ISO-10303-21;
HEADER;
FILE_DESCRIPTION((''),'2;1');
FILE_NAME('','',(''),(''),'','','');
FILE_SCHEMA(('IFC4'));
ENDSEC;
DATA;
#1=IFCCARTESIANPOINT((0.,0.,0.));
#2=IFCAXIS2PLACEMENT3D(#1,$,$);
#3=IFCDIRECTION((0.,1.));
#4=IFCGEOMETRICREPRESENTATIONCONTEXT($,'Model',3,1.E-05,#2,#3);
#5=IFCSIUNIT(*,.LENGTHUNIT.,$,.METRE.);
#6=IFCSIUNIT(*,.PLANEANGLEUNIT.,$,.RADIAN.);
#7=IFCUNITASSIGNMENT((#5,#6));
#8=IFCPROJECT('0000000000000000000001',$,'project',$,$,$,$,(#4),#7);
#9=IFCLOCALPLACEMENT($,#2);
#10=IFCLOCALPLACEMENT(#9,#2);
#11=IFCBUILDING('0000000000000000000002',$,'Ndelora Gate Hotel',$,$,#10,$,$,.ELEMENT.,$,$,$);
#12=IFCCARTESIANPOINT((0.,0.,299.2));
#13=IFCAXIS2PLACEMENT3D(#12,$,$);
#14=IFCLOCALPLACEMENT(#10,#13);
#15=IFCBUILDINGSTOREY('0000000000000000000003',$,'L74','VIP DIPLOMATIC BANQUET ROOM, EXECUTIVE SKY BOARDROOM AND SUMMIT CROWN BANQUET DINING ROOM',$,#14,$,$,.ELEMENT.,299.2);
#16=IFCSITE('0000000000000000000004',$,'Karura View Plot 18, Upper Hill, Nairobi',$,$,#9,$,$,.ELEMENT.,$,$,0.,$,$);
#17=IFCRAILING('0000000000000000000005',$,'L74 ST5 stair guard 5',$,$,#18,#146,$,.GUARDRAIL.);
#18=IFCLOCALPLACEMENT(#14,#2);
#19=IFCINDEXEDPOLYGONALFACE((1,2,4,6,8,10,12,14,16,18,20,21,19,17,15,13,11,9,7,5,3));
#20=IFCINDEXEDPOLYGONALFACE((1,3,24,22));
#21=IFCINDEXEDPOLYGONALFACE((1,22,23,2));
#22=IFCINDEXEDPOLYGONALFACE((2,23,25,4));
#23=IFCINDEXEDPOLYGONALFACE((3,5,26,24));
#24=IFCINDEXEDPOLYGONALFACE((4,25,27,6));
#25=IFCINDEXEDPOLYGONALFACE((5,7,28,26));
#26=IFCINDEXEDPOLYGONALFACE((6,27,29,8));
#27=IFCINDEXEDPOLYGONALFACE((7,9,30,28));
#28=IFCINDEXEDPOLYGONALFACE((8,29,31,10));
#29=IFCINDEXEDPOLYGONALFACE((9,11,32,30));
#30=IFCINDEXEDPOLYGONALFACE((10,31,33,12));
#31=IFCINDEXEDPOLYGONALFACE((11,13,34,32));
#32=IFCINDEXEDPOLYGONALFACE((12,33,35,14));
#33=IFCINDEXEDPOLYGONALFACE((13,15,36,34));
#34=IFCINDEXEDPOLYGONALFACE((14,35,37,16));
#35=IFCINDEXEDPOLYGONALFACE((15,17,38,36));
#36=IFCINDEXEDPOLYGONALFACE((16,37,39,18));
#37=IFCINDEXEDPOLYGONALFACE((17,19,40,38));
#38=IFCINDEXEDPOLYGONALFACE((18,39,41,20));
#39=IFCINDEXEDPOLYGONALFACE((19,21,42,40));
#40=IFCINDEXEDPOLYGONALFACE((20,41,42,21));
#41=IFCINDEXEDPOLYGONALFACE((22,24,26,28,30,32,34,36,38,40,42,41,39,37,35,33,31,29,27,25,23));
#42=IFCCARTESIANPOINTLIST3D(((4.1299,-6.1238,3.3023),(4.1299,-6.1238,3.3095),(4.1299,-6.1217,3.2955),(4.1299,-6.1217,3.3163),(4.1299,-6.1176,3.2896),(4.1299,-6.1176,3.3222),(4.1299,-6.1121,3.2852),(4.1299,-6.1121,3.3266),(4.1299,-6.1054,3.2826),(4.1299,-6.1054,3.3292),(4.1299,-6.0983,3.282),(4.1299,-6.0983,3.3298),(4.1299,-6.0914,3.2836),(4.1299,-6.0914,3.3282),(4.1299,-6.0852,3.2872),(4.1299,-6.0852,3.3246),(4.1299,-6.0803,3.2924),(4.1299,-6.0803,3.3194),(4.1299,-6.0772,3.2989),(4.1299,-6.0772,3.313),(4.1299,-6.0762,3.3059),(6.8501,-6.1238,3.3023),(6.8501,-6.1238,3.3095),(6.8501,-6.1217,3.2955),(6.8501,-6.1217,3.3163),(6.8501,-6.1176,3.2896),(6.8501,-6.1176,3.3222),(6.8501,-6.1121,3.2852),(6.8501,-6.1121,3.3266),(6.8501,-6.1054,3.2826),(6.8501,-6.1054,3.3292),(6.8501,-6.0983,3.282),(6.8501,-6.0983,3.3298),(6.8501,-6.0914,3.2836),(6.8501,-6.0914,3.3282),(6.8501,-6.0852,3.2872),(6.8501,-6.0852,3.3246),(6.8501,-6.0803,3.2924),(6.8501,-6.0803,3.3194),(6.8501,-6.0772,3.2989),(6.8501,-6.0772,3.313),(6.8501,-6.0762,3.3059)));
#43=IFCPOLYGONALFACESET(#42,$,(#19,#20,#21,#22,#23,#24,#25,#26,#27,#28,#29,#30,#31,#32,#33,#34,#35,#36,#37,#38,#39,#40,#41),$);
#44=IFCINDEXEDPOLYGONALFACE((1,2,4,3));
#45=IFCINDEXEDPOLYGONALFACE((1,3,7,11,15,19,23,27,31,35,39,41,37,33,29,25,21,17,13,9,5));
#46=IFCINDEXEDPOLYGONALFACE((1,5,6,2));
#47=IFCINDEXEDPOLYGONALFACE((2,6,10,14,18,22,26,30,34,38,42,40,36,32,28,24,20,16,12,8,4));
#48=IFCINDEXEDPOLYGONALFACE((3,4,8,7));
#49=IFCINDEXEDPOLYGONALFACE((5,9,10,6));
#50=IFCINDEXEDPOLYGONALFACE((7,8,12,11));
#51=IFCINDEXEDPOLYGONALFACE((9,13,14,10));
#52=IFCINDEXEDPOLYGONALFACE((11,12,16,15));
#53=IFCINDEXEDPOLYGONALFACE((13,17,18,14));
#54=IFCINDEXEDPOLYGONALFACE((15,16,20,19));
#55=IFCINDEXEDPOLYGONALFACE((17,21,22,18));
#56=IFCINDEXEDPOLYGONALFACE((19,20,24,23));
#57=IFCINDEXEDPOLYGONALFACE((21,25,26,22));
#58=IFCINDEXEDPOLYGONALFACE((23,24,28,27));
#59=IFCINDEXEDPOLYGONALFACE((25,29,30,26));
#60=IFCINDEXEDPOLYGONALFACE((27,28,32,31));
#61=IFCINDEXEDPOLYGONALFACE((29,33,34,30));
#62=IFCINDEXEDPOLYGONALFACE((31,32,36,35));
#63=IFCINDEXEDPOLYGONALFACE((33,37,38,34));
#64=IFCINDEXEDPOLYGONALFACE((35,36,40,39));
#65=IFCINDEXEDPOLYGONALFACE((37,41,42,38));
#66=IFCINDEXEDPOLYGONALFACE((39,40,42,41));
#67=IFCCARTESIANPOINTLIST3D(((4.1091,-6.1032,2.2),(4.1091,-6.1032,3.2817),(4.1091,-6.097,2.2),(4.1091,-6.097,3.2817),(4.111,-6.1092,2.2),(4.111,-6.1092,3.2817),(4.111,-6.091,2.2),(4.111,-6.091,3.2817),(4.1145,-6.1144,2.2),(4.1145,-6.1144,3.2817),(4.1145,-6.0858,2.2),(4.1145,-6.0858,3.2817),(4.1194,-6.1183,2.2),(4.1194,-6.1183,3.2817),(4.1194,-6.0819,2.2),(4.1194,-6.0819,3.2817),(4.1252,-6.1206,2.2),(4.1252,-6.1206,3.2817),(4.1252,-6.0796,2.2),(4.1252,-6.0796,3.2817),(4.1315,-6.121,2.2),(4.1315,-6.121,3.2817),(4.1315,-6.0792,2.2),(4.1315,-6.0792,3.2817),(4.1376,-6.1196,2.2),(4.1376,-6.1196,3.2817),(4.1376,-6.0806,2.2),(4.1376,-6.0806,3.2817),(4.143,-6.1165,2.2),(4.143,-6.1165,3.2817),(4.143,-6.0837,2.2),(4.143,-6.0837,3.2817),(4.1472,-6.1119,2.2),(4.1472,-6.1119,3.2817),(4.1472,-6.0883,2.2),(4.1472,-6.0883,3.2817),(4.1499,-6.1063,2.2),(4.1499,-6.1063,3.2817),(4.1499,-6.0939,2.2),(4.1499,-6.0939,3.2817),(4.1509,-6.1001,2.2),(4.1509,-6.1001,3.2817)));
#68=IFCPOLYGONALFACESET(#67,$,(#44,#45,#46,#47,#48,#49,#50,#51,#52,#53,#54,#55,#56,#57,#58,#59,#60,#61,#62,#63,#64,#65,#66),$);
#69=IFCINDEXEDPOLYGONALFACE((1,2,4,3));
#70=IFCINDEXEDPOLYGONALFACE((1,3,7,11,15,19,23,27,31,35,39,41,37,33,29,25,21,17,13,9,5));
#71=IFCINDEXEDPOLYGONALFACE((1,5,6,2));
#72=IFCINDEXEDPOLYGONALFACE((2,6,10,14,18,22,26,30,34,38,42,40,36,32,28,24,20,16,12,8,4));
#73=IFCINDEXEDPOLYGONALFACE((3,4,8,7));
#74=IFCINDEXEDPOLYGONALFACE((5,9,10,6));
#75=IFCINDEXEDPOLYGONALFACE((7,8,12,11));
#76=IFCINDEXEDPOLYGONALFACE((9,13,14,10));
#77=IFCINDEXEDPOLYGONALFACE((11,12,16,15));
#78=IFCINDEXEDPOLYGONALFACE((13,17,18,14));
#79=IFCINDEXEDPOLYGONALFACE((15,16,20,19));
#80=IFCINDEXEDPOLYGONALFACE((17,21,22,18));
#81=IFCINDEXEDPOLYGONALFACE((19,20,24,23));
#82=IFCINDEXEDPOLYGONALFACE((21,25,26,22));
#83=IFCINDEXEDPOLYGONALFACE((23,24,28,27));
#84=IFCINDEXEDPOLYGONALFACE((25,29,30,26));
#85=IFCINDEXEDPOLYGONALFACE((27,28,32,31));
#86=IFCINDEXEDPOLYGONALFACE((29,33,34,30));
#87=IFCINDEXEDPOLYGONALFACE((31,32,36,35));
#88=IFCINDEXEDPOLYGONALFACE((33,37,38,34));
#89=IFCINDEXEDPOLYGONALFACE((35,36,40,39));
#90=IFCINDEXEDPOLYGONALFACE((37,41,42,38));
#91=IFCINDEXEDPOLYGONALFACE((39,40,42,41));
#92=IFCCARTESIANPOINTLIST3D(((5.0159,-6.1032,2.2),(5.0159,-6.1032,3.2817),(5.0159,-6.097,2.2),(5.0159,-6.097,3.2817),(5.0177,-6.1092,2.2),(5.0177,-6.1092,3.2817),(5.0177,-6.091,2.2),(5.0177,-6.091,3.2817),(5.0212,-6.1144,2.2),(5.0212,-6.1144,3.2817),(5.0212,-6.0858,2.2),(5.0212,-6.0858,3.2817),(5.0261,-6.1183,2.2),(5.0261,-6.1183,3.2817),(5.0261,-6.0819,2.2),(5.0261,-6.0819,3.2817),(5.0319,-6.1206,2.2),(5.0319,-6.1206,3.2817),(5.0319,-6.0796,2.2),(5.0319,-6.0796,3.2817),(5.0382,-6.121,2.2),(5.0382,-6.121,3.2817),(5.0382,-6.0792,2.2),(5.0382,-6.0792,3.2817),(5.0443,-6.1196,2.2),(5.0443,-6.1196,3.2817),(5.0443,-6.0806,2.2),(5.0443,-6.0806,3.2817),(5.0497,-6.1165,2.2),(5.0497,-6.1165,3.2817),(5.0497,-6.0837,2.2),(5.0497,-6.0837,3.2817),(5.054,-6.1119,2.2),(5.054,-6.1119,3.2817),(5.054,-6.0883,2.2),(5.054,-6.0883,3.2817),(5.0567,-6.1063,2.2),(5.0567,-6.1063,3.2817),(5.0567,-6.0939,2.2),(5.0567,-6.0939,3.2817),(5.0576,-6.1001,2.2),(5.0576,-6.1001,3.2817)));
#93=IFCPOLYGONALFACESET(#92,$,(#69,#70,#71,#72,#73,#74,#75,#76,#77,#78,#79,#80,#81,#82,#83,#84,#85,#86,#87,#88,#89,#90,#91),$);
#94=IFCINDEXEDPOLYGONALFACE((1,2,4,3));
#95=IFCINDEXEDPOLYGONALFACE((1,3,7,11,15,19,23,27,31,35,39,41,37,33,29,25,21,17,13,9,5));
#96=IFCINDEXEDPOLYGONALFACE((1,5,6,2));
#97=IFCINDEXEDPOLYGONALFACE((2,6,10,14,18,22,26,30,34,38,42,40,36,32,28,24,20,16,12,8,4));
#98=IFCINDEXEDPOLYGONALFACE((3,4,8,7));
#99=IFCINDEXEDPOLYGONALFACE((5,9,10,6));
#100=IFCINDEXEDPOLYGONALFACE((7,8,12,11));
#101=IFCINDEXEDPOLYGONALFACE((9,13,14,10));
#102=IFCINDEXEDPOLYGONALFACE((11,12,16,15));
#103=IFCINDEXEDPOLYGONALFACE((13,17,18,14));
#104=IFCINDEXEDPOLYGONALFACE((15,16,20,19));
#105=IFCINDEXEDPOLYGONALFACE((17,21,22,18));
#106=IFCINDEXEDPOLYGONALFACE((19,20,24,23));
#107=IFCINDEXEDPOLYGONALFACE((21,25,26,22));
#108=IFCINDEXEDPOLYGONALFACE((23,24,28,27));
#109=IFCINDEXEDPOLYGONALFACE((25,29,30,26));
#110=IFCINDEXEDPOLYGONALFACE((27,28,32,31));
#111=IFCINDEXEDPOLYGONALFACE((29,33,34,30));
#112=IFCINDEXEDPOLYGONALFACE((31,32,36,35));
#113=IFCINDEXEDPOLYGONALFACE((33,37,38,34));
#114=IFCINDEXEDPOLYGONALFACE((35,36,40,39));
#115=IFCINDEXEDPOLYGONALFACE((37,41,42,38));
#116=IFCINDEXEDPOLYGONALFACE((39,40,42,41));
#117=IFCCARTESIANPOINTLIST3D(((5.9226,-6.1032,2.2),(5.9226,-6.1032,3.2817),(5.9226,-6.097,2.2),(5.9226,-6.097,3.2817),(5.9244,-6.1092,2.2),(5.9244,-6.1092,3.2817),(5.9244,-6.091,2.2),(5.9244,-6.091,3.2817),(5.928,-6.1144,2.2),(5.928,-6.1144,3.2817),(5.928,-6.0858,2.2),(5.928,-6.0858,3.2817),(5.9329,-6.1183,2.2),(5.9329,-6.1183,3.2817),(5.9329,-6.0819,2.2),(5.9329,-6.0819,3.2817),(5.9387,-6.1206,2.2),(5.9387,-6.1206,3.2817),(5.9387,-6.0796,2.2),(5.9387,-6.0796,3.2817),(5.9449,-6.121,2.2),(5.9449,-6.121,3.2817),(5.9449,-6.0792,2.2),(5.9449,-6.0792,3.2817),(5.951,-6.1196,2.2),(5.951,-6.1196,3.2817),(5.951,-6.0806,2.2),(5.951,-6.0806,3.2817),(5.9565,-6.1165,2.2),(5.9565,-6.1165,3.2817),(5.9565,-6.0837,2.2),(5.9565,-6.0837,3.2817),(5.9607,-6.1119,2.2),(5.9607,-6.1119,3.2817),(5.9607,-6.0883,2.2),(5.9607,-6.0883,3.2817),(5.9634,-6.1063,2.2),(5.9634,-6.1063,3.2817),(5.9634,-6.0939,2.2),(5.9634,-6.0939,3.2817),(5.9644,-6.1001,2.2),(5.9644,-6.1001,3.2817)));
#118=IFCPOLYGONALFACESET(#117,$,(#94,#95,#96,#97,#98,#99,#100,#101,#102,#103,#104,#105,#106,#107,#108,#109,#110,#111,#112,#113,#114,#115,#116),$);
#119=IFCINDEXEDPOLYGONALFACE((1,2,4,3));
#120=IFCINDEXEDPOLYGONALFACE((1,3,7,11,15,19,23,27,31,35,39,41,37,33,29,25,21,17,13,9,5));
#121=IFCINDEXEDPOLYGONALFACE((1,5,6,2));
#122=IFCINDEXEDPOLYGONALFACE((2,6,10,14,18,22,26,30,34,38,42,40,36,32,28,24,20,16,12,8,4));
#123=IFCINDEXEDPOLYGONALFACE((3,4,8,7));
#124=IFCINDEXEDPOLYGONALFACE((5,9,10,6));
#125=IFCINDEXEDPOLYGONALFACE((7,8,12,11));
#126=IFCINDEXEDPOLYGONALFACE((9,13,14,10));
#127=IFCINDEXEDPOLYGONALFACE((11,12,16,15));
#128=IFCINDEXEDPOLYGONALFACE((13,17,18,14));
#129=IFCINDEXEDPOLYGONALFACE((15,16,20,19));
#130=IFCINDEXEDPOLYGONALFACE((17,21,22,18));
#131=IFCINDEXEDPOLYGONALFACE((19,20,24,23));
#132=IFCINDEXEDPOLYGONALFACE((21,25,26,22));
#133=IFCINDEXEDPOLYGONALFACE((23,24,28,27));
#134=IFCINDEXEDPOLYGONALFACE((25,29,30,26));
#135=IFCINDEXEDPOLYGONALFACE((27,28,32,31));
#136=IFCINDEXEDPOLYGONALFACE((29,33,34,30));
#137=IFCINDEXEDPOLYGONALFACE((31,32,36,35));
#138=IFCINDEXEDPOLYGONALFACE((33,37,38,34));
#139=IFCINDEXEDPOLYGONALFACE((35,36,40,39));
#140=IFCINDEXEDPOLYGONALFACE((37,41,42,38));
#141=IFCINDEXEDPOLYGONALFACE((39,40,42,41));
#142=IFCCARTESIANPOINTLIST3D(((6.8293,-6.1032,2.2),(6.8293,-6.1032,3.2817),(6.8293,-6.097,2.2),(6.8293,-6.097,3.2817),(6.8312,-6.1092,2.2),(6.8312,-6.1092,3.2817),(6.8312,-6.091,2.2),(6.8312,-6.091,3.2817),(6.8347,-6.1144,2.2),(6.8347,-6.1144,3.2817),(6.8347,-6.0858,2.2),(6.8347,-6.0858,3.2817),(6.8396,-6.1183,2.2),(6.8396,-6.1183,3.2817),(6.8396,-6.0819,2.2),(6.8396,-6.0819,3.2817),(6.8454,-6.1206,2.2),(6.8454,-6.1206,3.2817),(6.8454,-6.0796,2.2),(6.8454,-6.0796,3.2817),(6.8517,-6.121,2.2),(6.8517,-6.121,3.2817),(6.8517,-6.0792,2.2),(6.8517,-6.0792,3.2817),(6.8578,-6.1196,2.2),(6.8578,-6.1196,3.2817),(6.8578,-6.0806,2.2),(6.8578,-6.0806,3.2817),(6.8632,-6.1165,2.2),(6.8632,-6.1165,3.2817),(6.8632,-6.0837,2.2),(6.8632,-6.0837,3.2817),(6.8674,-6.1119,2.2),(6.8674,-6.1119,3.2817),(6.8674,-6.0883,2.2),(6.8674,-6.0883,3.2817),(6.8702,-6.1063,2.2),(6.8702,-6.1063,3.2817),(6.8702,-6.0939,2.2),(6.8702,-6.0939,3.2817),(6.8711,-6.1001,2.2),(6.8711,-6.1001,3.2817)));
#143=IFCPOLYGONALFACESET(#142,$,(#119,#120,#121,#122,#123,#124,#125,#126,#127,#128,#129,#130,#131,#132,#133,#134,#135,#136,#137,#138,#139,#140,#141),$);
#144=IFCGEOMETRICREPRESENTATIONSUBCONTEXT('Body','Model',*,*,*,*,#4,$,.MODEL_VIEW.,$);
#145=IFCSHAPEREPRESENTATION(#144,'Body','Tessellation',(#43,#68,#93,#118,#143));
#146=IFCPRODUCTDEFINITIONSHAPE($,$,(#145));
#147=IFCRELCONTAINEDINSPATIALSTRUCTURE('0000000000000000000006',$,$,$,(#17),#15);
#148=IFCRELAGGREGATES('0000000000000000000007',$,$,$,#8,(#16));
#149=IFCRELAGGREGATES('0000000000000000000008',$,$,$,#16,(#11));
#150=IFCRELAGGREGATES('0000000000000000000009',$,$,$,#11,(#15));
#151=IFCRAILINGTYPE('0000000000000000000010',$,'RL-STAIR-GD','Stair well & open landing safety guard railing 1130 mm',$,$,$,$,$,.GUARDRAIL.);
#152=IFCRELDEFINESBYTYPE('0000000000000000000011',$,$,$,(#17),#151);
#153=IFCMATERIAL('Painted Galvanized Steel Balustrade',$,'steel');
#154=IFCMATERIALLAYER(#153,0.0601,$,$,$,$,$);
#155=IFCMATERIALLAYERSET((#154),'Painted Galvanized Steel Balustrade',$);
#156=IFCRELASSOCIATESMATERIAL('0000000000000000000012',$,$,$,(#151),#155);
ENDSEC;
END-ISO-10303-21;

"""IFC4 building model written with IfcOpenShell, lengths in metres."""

from ifc_helpers import new_model, si_unit, direction, frame, origin, origin_2d, place, context, subcontext, project, spatial, circle, extrude, material, layer, layer_set, type_object, element, save


model = new_model("IFC4")

# Units and contexts
model_context = context("Model", 3, precision=1e-05, world=origin(), true_north=direction((0.0, 1.0)))
body_context = subcontext(model_context, "Body", "Model", "MODEL_VIEW")
ifc_project = project(units=[si_unit("LENGTHUNIT", "METRE"), si_unit("PLANEANGLEUNIT", "RADIAN")], contexts=[model_context])

# Site, building, storey
site_placement = place(None, origin())
site = spatial("IfcSite", under=ifc_project, at=site_placement, Name="Karura View Plot 18, Upper Hill, Nairobi", CompositionType="ELEMENT", RefElevation=0.0)
building_placement = place(site_placement, origin())
building = spatial("IfcBuilding", under=site, at=building_placement, Name="Ndelora Gate Hotel", CompositionType="ELEMENT")
storey_placement = place(building_placement, frame((0.0, 0.0, 299.2)))
storey = spatial("IfcBuildingStorey", under=building, at=storey_placement, Name="L74", Description="VIP DIPLOMATIC BANQUET ROOM, EXECUTIVE SKY BOARDROOM AND SUMMIT CROWN BANQUET DINING ROOM", CompositionType="ELEMENT", Elevation=299.2)

# Railing
ifc_material_1 = material(Name="Painted Galvanized Steel Balustrade", Category="steel")
ifc_layer_1 = layer(ifc_material_1, 0.0601)
ifc_layer_set_1 = layer_set([ifc_layer_1], Name="Painted Galvanized Steel Balustrade")
railing_type = type_object("IfcRailingType", Name="RL-STAIR-GD", Description="Stair well & open landing safety guard railing 1130 mm", PredefinedType="GUARDRAIL", material=ifc_layer_set_1)
railing_1_placement = place(storey_placement, frame((4.1299, -6.1001, 2.2)))
element("IfcRailing", 1, at=railing_1_placement, inside=storey, type_object=railing_type, Name="L74 ST5 stair guard 5", PredefinedType="GUARDRAIL", context=body_context, shape_type="SweptSolid", body=[
    extrude(circle(Radius=0.0239, at=origin_2d()), frame((0.0, 0.0, 1.106), z_axis=(1.0, 0.0, 0.0), x_axis=(0.0, 1.0, 0.0)), (0.0, 0.0, 1.0), 2.7202),
    extrude(circle(Radius=0.021, at=origin_2d()), origin(), (0.0, 0.0, 1.0), 1.0818),
    extrude(circle(Radius=0.021, at=origin_2d()), frame((0.9067, 0.0, 0.0)), (0.0, 0.0, 1.0), 1.0818),
    extrude(circle(Radius=0.021, at=origin_2d()), frame((1.8135, 0.0, 0.0)), (0.0, 0.0, 1.0), 1.0818),
    extrude(circle(Radius=0.021, at=origin_2d()), frame((2.7202, 0.0, 0.0)), (0.0, 0.0, 1.0), 1.0818),
])

save(model, "model.ifc")
